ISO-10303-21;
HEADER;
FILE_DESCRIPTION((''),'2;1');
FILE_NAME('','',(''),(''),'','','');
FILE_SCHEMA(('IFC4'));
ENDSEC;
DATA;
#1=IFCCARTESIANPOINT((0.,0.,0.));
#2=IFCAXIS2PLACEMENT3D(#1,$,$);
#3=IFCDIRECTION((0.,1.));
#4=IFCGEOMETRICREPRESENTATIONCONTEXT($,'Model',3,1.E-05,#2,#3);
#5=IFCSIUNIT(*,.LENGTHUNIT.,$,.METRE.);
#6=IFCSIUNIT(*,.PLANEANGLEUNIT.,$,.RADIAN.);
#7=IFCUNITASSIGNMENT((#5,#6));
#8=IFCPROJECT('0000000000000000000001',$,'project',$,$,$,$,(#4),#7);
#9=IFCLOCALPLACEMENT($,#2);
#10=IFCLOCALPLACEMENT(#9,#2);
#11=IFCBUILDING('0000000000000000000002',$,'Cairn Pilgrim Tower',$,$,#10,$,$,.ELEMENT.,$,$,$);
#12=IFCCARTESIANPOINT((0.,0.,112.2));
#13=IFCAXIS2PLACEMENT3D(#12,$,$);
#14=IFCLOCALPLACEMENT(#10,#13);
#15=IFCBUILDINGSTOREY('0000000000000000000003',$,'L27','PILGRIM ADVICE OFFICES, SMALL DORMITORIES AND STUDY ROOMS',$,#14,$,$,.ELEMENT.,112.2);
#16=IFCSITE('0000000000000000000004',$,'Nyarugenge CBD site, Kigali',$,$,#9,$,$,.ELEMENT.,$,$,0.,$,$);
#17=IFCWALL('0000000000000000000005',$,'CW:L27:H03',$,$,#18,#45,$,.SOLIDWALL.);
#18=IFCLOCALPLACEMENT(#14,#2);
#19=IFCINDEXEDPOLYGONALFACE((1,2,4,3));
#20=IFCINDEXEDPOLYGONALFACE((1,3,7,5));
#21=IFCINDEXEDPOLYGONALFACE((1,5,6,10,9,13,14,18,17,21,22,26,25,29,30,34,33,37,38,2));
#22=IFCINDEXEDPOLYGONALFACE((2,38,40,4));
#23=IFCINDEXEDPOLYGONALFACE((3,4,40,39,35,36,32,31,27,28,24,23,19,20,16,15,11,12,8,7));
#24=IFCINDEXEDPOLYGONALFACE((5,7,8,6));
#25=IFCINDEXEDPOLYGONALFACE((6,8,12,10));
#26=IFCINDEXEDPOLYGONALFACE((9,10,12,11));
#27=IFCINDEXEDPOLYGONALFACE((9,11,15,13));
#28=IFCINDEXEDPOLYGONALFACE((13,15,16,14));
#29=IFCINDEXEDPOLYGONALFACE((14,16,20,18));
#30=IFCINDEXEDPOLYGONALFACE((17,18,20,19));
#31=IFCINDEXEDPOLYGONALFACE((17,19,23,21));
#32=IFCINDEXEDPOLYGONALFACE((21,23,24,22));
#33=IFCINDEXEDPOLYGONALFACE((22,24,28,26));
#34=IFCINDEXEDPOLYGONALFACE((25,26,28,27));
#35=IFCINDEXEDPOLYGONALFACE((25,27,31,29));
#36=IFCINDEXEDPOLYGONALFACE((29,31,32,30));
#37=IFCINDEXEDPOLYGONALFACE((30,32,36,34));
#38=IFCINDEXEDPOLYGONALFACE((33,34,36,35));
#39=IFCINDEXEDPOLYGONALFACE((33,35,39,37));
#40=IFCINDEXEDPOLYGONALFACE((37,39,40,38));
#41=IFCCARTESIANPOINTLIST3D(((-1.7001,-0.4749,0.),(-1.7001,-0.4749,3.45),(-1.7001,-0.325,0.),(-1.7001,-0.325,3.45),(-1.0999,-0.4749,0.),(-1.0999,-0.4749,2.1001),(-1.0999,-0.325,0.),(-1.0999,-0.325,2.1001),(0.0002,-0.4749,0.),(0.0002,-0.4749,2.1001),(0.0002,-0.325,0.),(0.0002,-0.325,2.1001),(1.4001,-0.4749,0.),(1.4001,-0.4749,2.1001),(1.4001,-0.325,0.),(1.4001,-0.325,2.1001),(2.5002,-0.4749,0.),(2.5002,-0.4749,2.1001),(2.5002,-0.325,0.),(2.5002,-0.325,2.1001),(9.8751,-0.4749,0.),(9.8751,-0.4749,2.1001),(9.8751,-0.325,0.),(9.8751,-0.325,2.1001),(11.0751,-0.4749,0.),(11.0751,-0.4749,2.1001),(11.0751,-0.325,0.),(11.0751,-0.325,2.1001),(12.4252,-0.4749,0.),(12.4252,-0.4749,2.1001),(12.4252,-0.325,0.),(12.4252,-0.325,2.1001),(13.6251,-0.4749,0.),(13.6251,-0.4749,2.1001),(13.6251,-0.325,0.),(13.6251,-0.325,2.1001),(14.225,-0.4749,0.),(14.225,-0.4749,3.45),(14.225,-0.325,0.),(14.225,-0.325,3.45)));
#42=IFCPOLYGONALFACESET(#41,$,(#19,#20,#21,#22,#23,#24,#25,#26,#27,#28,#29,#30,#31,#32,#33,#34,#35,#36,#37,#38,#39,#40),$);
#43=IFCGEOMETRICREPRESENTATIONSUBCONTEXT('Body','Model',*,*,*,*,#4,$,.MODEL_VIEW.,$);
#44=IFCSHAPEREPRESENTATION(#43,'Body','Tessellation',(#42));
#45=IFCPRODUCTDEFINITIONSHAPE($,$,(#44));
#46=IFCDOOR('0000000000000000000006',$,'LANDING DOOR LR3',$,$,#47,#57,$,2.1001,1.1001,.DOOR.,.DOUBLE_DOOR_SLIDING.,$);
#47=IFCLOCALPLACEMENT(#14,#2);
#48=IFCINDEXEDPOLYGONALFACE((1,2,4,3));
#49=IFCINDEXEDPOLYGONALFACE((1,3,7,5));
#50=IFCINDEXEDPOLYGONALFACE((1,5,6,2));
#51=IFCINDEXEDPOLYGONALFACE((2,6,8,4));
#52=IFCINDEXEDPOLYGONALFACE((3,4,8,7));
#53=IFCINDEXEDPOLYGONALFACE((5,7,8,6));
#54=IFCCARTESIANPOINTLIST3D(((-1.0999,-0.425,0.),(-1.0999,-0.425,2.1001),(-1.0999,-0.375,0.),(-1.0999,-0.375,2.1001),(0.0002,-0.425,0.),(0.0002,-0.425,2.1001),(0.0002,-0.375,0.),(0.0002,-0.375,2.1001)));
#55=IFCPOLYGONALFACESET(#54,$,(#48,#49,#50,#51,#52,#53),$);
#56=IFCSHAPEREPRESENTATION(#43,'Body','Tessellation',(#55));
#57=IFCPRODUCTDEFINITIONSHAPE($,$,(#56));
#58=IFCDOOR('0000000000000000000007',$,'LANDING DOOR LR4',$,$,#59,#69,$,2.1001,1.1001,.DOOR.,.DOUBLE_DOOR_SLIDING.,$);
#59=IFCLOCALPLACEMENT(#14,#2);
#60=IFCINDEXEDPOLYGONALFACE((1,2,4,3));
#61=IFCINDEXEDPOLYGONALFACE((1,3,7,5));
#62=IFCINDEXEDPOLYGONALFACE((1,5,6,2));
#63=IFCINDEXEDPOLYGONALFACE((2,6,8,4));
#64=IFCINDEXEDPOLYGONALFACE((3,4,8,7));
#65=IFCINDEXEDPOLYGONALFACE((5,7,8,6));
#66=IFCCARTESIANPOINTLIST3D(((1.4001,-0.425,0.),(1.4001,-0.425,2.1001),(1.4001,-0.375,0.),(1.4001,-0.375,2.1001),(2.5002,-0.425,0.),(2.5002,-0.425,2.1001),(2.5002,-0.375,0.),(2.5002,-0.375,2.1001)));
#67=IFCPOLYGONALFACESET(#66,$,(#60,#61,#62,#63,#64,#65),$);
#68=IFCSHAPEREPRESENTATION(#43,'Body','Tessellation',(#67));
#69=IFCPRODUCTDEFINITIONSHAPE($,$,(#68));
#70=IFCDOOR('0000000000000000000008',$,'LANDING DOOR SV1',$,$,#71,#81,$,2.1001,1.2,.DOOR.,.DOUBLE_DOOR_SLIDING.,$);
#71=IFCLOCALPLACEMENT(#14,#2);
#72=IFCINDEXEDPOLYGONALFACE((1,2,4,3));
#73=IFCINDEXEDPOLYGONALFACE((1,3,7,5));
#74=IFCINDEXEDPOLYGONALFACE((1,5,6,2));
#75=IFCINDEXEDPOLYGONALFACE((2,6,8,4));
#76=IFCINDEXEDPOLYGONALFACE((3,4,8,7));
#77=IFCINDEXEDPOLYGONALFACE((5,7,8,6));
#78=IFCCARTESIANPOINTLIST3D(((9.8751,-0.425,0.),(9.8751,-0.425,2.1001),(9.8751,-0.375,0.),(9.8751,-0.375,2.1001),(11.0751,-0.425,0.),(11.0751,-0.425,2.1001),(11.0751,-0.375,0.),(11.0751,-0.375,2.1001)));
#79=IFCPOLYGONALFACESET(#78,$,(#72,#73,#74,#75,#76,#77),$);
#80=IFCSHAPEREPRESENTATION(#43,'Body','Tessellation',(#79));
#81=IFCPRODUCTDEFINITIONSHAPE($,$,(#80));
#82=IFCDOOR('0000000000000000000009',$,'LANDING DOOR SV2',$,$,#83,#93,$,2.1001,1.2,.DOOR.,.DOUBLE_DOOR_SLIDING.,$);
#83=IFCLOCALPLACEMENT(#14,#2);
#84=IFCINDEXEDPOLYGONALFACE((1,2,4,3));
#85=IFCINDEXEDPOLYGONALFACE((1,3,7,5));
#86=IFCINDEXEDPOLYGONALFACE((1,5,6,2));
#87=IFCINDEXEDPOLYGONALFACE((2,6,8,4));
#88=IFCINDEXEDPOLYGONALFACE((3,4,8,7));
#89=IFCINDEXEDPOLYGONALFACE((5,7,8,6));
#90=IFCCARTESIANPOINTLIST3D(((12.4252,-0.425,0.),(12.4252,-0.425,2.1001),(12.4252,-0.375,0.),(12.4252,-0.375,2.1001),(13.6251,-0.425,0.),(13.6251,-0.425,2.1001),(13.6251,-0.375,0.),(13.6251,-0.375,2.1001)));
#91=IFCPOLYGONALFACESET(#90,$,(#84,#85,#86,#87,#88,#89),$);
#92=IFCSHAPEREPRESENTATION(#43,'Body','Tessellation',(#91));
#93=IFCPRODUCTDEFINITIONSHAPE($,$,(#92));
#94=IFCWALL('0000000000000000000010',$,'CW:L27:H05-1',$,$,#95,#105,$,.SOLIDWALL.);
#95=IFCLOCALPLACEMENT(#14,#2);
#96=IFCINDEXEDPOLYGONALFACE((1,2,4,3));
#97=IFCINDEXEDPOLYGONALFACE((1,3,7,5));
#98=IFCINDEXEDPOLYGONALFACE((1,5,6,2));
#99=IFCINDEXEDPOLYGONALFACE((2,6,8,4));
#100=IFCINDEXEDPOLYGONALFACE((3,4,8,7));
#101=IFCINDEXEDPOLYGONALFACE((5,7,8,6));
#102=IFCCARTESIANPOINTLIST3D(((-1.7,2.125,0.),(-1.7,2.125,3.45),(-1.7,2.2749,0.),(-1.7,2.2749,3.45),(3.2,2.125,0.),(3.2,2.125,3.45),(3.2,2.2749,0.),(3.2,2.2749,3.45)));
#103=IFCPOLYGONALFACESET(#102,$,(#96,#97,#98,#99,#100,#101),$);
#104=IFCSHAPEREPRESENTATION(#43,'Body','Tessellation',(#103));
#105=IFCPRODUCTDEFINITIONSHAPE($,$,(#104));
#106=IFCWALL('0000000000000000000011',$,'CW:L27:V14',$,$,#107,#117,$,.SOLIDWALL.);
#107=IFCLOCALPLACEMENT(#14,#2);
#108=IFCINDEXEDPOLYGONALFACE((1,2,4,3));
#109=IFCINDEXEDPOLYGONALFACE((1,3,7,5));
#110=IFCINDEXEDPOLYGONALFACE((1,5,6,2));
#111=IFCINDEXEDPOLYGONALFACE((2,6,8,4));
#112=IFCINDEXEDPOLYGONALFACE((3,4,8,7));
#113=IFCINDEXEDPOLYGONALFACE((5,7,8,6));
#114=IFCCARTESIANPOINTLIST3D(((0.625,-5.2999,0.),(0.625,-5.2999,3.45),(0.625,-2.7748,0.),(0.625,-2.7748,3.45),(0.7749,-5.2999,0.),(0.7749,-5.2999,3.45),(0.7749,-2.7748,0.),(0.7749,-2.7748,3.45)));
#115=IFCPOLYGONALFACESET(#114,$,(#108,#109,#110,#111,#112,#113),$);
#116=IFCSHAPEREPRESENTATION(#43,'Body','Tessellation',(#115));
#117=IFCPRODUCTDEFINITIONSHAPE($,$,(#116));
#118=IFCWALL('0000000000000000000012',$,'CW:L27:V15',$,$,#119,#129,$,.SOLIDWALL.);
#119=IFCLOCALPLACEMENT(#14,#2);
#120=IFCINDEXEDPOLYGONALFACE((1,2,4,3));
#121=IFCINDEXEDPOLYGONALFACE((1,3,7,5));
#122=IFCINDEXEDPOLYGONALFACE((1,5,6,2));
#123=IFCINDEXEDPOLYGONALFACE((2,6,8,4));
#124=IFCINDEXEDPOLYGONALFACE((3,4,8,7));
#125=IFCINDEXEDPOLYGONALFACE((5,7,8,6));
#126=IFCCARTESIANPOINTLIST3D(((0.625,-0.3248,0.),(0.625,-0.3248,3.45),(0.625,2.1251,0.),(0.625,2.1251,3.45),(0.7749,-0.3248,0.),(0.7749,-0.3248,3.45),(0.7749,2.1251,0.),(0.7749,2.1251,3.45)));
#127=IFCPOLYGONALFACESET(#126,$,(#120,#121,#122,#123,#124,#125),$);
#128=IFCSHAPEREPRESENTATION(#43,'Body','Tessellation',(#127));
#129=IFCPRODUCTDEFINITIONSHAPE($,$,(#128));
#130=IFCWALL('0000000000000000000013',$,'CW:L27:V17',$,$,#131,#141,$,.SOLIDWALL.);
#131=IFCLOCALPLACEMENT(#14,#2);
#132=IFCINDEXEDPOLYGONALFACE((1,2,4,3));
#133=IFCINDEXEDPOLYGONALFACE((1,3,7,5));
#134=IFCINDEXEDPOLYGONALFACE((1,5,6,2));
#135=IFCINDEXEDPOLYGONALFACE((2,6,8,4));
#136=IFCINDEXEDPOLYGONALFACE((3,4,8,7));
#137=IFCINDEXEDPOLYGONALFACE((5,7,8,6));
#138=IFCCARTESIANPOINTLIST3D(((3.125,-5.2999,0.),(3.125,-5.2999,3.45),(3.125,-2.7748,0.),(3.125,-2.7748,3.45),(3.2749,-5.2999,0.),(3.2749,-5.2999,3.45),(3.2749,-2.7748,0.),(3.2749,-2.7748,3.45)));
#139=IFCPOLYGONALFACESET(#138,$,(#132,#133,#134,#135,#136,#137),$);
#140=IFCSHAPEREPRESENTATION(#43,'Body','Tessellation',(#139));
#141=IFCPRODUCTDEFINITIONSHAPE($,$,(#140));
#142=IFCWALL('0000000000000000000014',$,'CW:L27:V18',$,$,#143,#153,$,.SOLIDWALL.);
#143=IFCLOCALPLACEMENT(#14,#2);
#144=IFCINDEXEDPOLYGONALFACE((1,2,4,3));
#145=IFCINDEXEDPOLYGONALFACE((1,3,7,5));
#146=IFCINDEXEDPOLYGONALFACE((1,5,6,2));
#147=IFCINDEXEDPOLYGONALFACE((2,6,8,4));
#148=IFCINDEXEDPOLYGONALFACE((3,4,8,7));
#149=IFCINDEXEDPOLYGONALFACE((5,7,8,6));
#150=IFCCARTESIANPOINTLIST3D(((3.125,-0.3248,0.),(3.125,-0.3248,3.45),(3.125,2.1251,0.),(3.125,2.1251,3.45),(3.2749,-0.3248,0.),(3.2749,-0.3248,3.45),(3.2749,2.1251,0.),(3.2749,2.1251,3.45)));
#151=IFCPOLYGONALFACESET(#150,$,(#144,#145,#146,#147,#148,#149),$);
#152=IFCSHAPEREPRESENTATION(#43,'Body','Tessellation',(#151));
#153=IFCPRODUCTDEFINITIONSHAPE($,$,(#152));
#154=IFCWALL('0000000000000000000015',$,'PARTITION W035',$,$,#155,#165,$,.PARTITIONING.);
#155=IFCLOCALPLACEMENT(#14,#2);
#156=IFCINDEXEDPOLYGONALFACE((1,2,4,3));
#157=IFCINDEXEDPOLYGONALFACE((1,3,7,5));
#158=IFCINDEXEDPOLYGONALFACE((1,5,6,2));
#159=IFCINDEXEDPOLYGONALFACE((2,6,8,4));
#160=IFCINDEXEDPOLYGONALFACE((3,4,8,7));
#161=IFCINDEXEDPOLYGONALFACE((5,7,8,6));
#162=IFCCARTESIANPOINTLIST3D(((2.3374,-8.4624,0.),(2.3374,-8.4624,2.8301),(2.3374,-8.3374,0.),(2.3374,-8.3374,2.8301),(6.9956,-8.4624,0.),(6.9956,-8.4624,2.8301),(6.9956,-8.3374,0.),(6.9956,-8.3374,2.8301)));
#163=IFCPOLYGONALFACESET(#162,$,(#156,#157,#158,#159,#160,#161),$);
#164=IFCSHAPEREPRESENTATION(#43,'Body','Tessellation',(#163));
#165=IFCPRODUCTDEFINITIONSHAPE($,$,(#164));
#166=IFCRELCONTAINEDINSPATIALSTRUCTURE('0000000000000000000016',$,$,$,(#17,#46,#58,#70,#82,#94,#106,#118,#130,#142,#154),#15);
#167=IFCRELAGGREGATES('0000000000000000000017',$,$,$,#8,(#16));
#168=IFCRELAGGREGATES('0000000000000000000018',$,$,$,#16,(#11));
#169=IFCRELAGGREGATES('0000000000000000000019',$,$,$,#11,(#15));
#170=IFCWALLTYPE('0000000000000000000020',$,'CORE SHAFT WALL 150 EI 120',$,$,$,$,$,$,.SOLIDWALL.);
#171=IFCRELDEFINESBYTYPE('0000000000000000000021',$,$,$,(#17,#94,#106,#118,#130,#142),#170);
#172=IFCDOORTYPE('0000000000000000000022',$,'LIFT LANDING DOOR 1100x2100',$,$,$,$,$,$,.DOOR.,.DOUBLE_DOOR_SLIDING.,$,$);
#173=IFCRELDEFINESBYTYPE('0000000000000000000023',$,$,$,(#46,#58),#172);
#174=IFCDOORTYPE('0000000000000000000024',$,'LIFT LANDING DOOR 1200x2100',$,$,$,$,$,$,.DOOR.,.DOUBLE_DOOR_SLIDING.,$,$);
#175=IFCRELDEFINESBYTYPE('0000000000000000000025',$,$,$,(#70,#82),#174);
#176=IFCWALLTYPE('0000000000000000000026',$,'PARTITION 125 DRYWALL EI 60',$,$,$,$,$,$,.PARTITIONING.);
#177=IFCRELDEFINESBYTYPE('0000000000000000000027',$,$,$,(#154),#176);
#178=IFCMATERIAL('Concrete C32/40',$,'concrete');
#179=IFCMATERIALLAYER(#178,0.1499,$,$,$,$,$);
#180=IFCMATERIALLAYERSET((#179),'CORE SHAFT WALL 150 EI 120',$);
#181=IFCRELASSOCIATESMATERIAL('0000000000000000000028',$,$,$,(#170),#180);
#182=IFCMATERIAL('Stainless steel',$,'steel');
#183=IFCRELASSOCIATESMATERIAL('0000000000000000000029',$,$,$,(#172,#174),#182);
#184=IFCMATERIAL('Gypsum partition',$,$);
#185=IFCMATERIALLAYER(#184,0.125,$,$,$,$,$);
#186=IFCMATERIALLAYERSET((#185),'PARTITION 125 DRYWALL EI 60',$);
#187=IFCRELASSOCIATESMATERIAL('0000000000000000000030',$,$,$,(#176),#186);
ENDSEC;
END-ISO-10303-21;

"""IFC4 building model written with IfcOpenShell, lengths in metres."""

from ifc_helpers import new_model, si_unit, direction, frame, frame_2d, origin, place, context, subcontext, project, spatial, rectangle, extrude, material, layer, layer_set, type_object, element, fill, save


model = new_model("IFC4")

# Units and contexts
model_context = context("Model", 3, precision=1e-05, world=origin(), true_north=direction((0.0, 1.0)))
body_context = subcontext(model_context, "Body", "Model", "MODEL_VIEW")
ifc_project = project(units=[si_unit("LENGTHUNIT", "METRE"), si_unit("PLANEANGLEUNIT", "RADIAN")], contexts=[model_context])

# Site, building, storey
site_placement = place(None, origin())
site = spatial("IfcSite", under=ifc_project, at=site_placement, Name="Nyarugenge CBD site, Kigali", CompositionType="ELEMENT", RefElevation=0.0)
building_placement = place(site_placement, origin())
building = spatial("IfcBuilding", under=site, at=building_placement, Name="Cairn Pilgrim Tower", CompositionType="ELEMENT")
storey_placement = place(building_placement, frame((0.0, 0.0, 112.2)))
storey = spatial("IfcBuildingStorey", under=building, at=storey_placement, Name="L27", Description="PILGRIM ADVICE OFFICES, SMALL DORMITORIES AND STUDY ROOMS", CompositionType="ELEMENT", Elevation=112.2)

# Shared definitions
ifc_material_1 = material(Name="Concrete C32/40", Category="concrete")

# Wall, openings, doors
ifc_layer_1 = layer(ifc_material_1, 0.1499)
ifc_layer_set_1 = layer_set([ifc_layer_1], Name="CORE SHAFT WALL 150 EI 120")
wall_type_1 = type_object("IfcWallType", Name="CORE SHAFT WALL 150 EI 120", PredefinedType="SOLIDWALL", material=ifc_layer_set_1)
ifc_material_2 = material(Name="Stainless steel", Category="steel")
door_type_1 = type_object("IfcDoorType", Name="LIFT LANDING DOOR 1100x2100", OperationType="DOUBLE_DOOR_SLIDING", PredefinedType="DOOR", material=ifc_material_2)
wall_1_placement = place(storey_placement, frame((-1.7, -0.3999, 0.0), z_axis=(0.0, 0.0, 1.0), x_axis=(1.0, 0.0, 0.0)))
wall_1 = element("IfcWall", 1, at=wall_1_placement, inside=storey, type_object=wall_type_1, Name="CW:L27:H03", PredefinedType="SOLIDWALL", context=body_context, shape_type="SweptSolid", body=[
    extrude(rectangle(XDim=15.925, YDim=0.1499, at=frame_2d((7.9624, 0.0))), origin(), (0.0, 0.0, 1.0), 3.45),
])
opening_1_placement = place(wall_1_placement, frame((0.6001, 0.0, 0.0)))
opening_1 = element("IfcOpeningElement", 2, at=opening_1_placement, cuts=wall_1, PredefinedType="OPENING", context=body_context, shape_type="SweptSolid", body=[
    extrude(rectangle(XDim=1.1001, YDim=2.1001, at=frame_2d((0.55, 1.05))), frame((0.0, 0.085, 0.0), z_axis=(0.0, -1.0, 0.0), x_axis=(1.0, 0.0, 0.0)), (0.0, 0.0, 1.0), 0.1699),
])
opening_2_placement = place(wall_1_placement, frame((3.1001, 0.0, 0.0)))
opening_2 = element("IfcOpeningElement", 3, at=opening_2_placement, cuts=wall_1, PredefinedType="OPENING", context=body_context, shape_type="SweptSolid", body=[
    extrude(rectangle(XDim=1.1001, YDim=2.1001, at=frame_2d((0.55, 1.05))), frame((0.0, 0.085, 0.0), z_axis=(0.0, -1.0, 0.0), x_axis=(1.0, 0.0, 0.0)), (0.0, 0.0, 1.0), 0.1699),
])
opening_3_placement = place(wall_1_placement, frame((11.575, 0.0, 0.0)))
opening_3 = element("IfcOpeningElement", 4, at=opening_3_placement, cuts=wall_1, PredefinedType="OPENING", context=body_context, shape_type="SweptSolid", body=[
    extrude(rectangle(XDim=1.2, YDim=2.1001, at=frame_2d((0.6001, 1.05))), frame((0.0, 0.085, 0.0), z_axis=(0.0, -1.0, 0.0), x_axis=(1.0, 0.0, 0.0)), (0.0, 0.0, 1.0), 0.1699),
])
opening_4_placement = place(wall_1_placement, frame((14.125, 0.0, 0.0)))
opening_4 = element("IfcOpeningElement", 5, at=opening_4_placement, cuts=wall_1, PredefinedType="OPENING", context=body_context, shape_type="SweptSolid", body=[
    extrude(rectangle(XDim=1.2, YDim=2.1001, at=frame_2d((0.6001, 1.05))), frame((0.0, 0.085, 0.0), z_axis=(0.0, -1.0, 0.0), x_axis=(1.0, 0.0, 0.0)), (0.0, 0.0, 1.0), 0.1699),
])
door_1_placement = place(opening_1_placement, origin())
door_1 = element("IfcDoor", 6, at=door_1_placement, inside=storey, type_object=door_type_1, Name="LANDING DOOR LR3", OperationType="DOUBLE_DOOR_SLIDING", OverallHeight=2.1001, OverallWidth=1.1001, PredefinedType="DOOR", context=body_context, shape_type="SweptSolid", body=[
    extrude(rectangle(XDim=1.1001, YDim=2.1001, at=frame_2d((0.55, 1.05))), frame((0.0, 0.0249, 0.0), z_axis=(0.0, -1.0, 0.0), x_axis=(1.0, 0.0, 0.0)), (0.0, 0.0, 1.0), 0.05),
])
fill(opening_1, door_1)
door_2_placement = place(opening_2_placement, origin())
door_2 = element("IfcDoor", 7, at=door_2_placement, inside=storey, type_object=door_type_1, Name="LANDING DOOR LR4", OperationType="DOUBLE_DOOR_SLIDING", OverallHeight=2.1001, OverallWidth=1.1001, PredefinedType="DOOR", context=body_context, shape_type="SweptSolid", body=[
    extrude(rectangle(XDim=1.1001, YDim=2.1001, at=frame_2d((0.55, 1.05))), frame((0.0, 0.0249, 0.0), z_axis=(0.0, -1.0, 0.0), x_axis=(1.0, 0.0, 0.0)), (0.0, 0.0, 1.0), 0.05),
])
fill(opening_2, door_2)
door_type_2 = type_object("IfcDoorType", Name="LIFT LANDING DOOR 1200x2100", OperationType="DOUBLE_DOOR_SLIDING", PredefinedType="DOOR", material=ifc_material_2)
door_3_placement = place(opening_3_placement, origin())
door_3 = element("IfcDoor", 8, at=door_3_placement, inside=storey, type_object=door_type_2, Name="LANDING DOOR SV1", OperationType="DOUBLE_DOOR_SLIDING", OverallHeight=2.1001, OverallWidth=1.2, PredefinedType="DOOR", context=body_context, shape_type="SweptSolid", body=[
    extrude(rectangle(XDim=1.2, YDim=2.1001, at=frame_2d((0.6001, 1.05))), frame((0.0, 0.0249, 0.0), z_axis=(0.0, -1.0, 0.0), x_axis=(1.0, 0.0, 0.0)), (0.0, 0.0, 1.0), 0.05),
])
fill(opening_3, door_3)
door_4_placement = place(opening_4_placement, origin())
door_4 = element("IfcDoor", 9, at=door_4_placement, inside=storey, type_object=door_type_2, Name="LANDING DOOR SV2", OperationType="DOUBLE_DOOR_SLIDING", OverallHeight=2.1001, OverallWidth=1.2, PredefinedType="DOOR", context=body_context, shape_type="SweptSolid", body=[
    extrude(rectangle(XDim=1.2, YDim=2.1001, at=frame_2d((0.6001, 1.05))), frame((0.0, 0.0249, 0.0), z_axis=(0.0, -1.0, 0.0), x_axis=(1.0, 0.0, 0.0)), (0.0, 0.0, 1.0), 0.05),
])
fill(opening_4, door_4)

# Walls
wall_2_placement = place(storey_placement, frame((-1.7, 2.2, 0.0), z_axis=(0.0, 0.0, 1.0), x_axis=(1.0, 0.0, 0.0)))
element("IfcWall", 10, at=wall_2_placement, inside=storey, type_object=wall_type_1, Name="CW:L27:H05-1", PredefinedType="SOLIDWALL", context=body_context, shape_type="SweptSolid", body=[
    extrude(rectangle(XDim=4.8999, YDim=0.1499, at=frame_2d((2.45, 0.0))), origin(), (0.0, 0.0, 1.0), 3.45),
])
wall_3_placement = place(storey_placement, frame((0.7, -5.3, 0.0), z_axis=(0.0, 0.0, 1.0), x_axis=(0.0, 1.0, 0.0)))
element("IfcWall", 11, at=wall_3_placement, inside=storey, type_object=wall_type_1, Name="CW:L27:V14", PredefinedType="SOLIDWALL", context=body_context, shape_type="SweptSolid", body=[
    extrude(rectangle(XDim=2.5251, YDim=0.1499, at=frame_2d((1.2627, 0.0))), origin(), (0.0, 0.0, 1.0), 3.45),
])
wall_4_placement = place(storey_placement, frame((0.7, -0.325, 0.0), z_axis=(0.0, 0.0, 1.0), x_axis=(0.0, 1.0, 0.0)))
element("IfcWall", 12, at=wall_4_placement, inside=storey, type_object=wall_type_1, Name="CW:L27:V15", PredefinedType="SOLIDWALL", context=body_context, shape_type="SweptSolid", body=[
    extrude(rectangle(XDim=2.45, YDim=0.1499, at=frame_2d((1.2251, 0.0))), origin(), (0.0, 0.0, 1.0), 3.45),
])
wall_5_placement = place(storey_placement, frame((3.2, -5.3, 0.0), z_axis=(0.0, 0.0, 1.0), x_axis=(0.0, 1.0, 0.0)))
element("IfcWall", 13, at=wall_5_placement, inside=storey, type_object=wall_type_1, Name="CW:L27:V17", PredefinedType="SOLIDWALL", context=body_context, shape_type="SweptSolid", body=[
    extrude(rectangle(XDim=2.5251, YDim=0.1499, at=frame_2d((1.2627, 0.0))), origin(), (0.0, 0.0, 1.0), 3.45),
])
wall_6_placement = place(storey_placement, frame((3.2, -0.325, 0.0), z_axis=(0.0, 0.0, 1.0), x_axis=(0.0, 1.0, 0.0)))
element("IfcWall", 14, at=wall_6_placement, inside=storey, type_object=wall_type_1, Name="CW:L27:V18", PredefinedType="SOLIDWALL", context=body_context, shape_type="SweptSolid", body=[
    extrude(rectangle(XDim=2.45, YDim=0.1499, at=frame_2d((1.2251, 0.0))), origin(), (0.0, 0.0, 1.0), 3.45),
])
ifc_material_3 = material(Name="Gypsum partition")
ifc_layer_2 = layer(ifc_material_3, 0.125)
ifc_layer_set_2 = layer_set([ifc_layer_2], Name="PARTITION 125 DRYWALL EI 60")
wall_type_2 = type_object("IfcWallType", Name="PARTITION 125 DRYWALL EI 60", PredefinedType="PARTITIONING", material=ifc_layer_set_2)
wall_7_placement = place(storey_placement, frame((2.3374, -8.3999, 0.0), z_axis=(0.0, 0.0, 1.0), x_axis=(1.0, 0.0, 0.0)))
element("IfcWall", 15, at=wall_7_placement, inside=storey, type_object=wall_type_2, Name="PARTITION W035", PredefinedType="PARTITIONING", context=body_context, shape_type="SweptSolid", body=[
    extrude(rectangle(XDim=4.6582, YDim=0.125, at=frame_2d((2.3291, 0.0))), origin(), (0.0, 0.0, 1.0), 2.8301),
])

save(model, "model.ifc")
